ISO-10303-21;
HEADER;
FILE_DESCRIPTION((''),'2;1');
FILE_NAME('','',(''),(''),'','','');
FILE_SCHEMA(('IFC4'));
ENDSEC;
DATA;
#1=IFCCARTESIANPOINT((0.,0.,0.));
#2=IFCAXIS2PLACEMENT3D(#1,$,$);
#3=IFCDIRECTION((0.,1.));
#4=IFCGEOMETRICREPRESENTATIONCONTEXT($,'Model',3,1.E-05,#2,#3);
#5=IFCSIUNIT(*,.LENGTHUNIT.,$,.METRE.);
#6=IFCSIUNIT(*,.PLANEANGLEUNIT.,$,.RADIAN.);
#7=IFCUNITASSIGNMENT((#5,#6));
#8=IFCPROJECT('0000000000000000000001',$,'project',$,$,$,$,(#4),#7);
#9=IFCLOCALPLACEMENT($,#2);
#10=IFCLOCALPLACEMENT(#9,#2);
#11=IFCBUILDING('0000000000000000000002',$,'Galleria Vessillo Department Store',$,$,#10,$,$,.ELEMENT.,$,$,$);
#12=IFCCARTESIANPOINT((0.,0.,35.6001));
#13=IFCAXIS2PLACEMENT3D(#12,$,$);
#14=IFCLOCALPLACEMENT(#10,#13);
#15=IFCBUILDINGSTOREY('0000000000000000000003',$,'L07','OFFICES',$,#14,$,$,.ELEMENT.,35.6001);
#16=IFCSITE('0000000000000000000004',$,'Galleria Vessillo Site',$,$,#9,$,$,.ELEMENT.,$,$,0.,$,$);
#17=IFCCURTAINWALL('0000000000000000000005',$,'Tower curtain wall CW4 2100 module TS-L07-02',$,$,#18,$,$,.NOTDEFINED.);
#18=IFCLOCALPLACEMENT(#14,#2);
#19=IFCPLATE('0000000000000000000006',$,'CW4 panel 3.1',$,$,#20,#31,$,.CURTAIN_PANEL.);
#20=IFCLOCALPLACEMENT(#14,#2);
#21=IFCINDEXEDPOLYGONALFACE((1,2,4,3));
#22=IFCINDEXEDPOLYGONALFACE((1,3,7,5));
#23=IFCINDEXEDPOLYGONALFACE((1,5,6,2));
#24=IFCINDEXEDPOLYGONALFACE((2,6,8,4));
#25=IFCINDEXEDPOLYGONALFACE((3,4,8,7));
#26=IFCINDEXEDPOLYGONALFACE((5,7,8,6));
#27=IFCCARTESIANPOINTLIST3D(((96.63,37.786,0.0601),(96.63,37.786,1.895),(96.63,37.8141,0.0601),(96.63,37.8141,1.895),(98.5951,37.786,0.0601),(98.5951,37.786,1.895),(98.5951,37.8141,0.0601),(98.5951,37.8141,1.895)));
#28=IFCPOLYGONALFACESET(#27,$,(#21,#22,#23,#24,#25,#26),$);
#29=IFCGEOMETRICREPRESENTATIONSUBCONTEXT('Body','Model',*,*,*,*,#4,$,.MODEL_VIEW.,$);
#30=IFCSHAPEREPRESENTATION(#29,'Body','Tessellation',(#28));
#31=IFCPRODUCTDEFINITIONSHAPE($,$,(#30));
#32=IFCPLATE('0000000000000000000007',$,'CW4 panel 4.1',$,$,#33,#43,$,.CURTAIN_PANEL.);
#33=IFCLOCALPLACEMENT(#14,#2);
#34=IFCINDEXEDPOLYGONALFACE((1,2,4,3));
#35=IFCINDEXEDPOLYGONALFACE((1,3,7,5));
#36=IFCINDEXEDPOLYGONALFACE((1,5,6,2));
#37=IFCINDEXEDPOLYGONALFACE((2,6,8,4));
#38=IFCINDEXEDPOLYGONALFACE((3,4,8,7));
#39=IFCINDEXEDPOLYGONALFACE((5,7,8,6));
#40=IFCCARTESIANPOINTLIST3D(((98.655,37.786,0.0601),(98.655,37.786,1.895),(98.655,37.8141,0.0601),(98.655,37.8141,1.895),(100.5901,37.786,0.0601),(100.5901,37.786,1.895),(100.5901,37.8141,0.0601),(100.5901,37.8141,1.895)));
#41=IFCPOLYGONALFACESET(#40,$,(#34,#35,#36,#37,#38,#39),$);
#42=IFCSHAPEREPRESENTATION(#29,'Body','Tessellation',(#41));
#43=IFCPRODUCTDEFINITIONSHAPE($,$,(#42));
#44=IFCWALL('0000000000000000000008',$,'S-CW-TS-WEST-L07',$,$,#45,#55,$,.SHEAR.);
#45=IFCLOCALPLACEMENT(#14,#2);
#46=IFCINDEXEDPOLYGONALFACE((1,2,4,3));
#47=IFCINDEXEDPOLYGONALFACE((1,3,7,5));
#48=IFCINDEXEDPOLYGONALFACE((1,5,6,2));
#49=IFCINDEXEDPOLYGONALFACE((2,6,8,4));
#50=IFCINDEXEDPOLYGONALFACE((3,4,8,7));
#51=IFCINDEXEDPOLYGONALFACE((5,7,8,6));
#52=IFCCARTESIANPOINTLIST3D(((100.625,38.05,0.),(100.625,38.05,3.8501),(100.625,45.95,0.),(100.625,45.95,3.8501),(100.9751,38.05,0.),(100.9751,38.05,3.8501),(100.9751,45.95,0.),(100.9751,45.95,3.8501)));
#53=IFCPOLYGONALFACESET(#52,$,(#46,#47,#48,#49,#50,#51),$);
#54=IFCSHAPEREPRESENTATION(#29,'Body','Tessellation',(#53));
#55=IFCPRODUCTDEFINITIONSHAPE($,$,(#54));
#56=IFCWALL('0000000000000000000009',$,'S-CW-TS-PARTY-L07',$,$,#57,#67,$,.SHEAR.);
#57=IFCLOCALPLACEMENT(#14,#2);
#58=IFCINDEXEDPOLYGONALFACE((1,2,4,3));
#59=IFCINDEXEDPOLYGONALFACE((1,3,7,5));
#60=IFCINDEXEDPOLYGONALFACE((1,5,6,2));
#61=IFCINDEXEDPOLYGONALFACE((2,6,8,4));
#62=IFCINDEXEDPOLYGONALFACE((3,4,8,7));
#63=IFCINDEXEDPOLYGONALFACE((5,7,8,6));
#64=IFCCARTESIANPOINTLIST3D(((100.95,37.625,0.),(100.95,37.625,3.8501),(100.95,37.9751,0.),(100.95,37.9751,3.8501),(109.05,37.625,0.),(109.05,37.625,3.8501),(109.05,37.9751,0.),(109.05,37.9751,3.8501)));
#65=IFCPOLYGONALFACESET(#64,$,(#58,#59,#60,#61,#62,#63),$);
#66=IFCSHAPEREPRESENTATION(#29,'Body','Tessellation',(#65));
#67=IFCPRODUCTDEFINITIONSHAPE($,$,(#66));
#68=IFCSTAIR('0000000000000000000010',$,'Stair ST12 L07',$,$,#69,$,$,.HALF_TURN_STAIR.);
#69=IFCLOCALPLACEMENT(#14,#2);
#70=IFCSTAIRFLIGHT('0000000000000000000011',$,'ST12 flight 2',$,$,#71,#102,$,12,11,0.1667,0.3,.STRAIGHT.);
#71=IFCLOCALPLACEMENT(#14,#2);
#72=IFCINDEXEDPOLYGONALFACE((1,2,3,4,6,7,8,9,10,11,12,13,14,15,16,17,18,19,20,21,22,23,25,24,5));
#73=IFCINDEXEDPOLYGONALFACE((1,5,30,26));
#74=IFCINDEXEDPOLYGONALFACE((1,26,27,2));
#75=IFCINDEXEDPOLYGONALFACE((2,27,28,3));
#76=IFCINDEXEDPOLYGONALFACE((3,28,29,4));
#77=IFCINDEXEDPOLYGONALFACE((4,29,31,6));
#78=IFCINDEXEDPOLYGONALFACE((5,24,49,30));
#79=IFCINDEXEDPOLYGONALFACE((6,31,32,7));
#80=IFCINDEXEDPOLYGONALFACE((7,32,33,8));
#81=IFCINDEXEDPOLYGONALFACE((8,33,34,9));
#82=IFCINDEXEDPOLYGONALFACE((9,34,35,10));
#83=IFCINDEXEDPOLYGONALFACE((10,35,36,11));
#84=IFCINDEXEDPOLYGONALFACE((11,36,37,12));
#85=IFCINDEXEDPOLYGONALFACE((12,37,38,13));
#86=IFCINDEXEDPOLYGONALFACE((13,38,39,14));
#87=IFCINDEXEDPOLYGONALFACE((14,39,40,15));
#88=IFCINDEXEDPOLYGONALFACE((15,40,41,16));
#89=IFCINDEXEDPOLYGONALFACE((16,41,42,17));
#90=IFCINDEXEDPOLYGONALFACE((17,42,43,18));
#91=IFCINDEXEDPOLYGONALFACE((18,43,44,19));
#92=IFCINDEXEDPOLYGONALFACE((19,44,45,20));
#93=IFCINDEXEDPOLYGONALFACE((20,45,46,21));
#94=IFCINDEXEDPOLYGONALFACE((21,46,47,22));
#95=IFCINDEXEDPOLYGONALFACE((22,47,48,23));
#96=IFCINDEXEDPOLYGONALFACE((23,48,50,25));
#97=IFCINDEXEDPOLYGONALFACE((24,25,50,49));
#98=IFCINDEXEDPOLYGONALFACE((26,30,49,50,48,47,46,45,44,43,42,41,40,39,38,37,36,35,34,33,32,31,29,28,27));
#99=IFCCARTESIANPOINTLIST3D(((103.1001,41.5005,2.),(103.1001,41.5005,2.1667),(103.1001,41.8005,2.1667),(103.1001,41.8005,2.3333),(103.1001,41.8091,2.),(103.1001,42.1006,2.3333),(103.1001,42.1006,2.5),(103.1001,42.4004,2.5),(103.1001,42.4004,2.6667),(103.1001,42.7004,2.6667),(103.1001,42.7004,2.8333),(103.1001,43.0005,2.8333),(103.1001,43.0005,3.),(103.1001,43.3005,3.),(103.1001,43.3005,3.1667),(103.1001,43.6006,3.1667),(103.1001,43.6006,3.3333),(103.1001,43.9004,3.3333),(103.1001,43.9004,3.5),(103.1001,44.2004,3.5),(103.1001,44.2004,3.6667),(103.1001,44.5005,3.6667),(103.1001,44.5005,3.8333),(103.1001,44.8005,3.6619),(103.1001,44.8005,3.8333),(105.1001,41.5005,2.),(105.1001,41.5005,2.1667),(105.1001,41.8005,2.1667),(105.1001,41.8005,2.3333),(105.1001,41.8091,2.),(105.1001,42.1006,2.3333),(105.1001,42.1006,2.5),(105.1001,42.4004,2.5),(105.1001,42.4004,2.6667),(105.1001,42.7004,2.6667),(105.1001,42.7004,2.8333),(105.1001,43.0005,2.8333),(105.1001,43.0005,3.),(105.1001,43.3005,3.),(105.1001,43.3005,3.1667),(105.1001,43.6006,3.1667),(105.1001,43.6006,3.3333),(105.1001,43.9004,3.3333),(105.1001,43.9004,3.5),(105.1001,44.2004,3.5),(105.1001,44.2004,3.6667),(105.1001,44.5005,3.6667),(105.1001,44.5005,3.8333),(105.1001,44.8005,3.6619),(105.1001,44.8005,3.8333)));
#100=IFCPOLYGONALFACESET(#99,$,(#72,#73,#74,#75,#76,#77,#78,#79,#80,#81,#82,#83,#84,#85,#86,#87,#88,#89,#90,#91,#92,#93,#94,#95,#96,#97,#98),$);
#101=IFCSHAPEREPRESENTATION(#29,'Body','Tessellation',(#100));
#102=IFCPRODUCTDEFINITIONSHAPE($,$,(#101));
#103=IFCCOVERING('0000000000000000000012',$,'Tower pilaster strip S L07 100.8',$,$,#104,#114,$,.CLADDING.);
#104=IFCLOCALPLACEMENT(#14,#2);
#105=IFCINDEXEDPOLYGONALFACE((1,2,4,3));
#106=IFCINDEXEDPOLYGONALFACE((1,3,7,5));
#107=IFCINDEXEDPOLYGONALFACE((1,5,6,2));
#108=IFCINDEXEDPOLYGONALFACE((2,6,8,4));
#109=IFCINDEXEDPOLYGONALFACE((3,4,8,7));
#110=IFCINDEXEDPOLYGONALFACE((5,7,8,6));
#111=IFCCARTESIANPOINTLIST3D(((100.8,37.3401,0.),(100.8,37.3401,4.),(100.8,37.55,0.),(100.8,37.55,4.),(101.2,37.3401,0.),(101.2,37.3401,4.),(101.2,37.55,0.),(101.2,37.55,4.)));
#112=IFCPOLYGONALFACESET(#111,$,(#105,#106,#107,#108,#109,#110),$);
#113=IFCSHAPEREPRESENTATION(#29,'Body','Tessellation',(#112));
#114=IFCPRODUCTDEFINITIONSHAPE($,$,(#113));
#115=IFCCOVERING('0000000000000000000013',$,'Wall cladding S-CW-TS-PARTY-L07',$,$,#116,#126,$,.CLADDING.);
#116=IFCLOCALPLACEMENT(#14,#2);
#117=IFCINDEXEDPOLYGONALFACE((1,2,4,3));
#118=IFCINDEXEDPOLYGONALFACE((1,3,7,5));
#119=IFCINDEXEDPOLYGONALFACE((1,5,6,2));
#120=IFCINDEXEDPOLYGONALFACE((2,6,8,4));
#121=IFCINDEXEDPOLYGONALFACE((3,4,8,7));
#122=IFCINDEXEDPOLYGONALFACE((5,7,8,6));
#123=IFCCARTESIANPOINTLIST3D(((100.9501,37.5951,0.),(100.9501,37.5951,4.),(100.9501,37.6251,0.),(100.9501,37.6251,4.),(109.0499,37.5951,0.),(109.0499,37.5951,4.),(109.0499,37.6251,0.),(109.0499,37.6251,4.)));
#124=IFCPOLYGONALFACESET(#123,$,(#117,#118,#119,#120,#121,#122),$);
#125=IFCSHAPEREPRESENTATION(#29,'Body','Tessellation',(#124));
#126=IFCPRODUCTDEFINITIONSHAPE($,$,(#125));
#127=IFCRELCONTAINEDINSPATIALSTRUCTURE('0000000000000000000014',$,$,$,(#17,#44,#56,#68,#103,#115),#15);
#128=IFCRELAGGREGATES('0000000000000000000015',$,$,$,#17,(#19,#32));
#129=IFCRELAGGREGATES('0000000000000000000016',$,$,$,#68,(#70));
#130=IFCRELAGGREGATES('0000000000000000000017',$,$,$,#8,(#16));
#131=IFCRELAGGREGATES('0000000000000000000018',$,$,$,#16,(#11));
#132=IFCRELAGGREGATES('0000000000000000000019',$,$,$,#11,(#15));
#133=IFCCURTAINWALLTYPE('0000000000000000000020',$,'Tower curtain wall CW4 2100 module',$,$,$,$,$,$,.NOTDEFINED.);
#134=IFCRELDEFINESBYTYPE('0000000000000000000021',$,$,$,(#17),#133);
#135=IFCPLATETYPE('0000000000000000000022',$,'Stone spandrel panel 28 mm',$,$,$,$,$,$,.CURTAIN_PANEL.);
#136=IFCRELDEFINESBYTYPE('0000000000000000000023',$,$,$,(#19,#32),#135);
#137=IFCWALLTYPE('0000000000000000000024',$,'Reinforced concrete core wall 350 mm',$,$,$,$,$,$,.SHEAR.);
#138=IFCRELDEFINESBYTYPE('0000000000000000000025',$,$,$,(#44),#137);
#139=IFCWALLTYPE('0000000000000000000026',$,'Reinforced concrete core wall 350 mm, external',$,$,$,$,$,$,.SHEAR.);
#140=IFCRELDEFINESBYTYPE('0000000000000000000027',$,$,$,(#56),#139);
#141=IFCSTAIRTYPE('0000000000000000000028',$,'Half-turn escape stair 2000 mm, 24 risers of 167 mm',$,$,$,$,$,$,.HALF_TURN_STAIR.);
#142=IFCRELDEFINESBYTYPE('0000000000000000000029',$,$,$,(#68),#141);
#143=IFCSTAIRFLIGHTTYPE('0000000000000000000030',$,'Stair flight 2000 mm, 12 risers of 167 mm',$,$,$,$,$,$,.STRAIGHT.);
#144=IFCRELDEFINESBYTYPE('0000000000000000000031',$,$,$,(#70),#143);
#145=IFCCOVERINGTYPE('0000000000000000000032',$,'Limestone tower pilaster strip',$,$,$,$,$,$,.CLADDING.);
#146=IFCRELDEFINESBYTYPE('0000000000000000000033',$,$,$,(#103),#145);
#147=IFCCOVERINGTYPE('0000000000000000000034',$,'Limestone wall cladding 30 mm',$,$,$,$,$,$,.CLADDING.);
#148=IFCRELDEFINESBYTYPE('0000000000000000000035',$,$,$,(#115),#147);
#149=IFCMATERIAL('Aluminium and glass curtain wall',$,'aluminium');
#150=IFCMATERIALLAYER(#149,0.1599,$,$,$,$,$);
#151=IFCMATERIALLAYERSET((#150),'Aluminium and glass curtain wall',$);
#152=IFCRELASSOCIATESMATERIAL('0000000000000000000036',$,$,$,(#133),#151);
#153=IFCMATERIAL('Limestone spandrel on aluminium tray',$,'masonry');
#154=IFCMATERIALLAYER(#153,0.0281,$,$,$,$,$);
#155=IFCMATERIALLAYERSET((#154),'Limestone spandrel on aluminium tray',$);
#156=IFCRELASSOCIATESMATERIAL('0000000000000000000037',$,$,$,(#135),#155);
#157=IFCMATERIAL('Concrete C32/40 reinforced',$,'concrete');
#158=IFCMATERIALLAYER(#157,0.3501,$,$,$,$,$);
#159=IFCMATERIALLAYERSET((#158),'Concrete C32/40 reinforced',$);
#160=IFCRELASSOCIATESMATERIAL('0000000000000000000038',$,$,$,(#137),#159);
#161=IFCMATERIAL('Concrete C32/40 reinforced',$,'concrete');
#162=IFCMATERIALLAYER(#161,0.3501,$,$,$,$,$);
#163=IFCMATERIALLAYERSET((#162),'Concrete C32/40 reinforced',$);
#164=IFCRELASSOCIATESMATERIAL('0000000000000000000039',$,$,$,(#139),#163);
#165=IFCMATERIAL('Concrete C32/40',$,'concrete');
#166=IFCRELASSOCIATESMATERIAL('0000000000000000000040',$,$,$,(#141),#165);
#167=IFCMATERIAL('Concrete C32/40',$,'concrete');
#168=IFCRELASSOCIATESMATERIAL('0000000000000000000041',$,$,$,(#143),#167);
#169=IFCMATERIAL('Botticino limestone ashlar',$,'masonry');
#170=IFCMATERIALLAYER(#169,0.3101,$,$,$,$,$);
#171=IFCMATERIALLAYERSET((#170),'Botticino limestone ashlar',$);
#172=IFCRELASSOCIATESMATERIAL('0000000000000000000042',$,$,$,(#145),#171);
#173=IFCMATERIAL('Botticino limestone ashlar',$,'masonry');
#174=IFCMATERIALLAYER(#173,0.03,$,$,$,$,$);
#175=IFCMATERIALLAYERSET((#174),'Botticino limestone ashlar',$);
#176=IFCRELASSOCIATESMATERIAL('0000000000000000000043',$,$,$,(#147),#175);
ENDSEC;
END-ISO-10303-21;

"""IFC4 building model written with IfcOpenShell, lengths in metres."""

from ifc_helpers import new_model, si_unit, direction, frame, frame_2d, origin, origin_2d, place, context, subcontext, project, spatial, polyline, rectangle, outline, extrude, material, layer, layer_set, type_object, element, aggregate, save


model = new_model("IFC4")

# Units and contexts
model_context = context("Model", 3, precision=1e-05, world=origin(), true_north=direction((0.0, 1.0)))
body_context = subcontext(model_context, "Body", "Model", "MODEL_VIEW")
ifc_project = project(units=[si_unit("LENGTHUNIT", "METRE"), si_unit("PLANEANGLEUNIT", "RADIAN")], contexts=[model_context])

# Site, building, storey
site_placement = place(None, origin())
site = spatial("IfcSite", under=ifc_project, at=site_placement, Name="Galleria Vessillo Site", CompositionType="ELEMENT", RefElevation=0.0)
building_placement = place(site_placement, origin())
building = spatial("IfcBuilding", under=site, at=building_placement, Name="Galleria Vessillo Department Store", CompositionType="ELEMENT")
storey_placement = place(building_placement, frame((0.0, 0.0, 35.6001)))
storey = spatial("IfcBuildingStorey", under=building, at=storey_placement, Name="L07", Description="OFFICES", CompositionType="ELEMENT", Elevation=35.6001)

# Curtain wall, plates
ifc_material_1 = material(Name="Aluminium and glass curtain wall", Category="aluminium")
ifc_layer_1 = layer(ifc_material_1, 0.1599)
ifc_layer_set_1 = layer_set([ifc_layer_1], Name="Aluminium and glass curtain wall")
curtain_wall_type = type_object("IfcCurtainWallType", Name="Tower curtain wall CW4 2100 module", PredefinedType="NOTDEFINED", material=ifc_layer_set_1)
curtain_wall_placement = place(storey_placement, origin())
curtain_wall = element("IfcCurtainWall", 1, at=curtain_wall_placement, inside=storey, type_object=curtain_wall_type, Name="Tower curtain wall CW4 2100 module TS-L07-02", PredefinedType="NOTDEFINED")
ifc_material_2 = material(Name="Limestone spandrel on aluminium tray", Category="masonry")
ifc_layer_2 = layer(ifc_material_2, 0.0281)
ifc_layer_set_2 = layer_set([ifc_layer_2], Name="Limestone spandrel on aluminium tray")
plate_type_1 = type_object("IfcPlateType", Name="Stone spandrel panel 28 mm", PredefinedType="CURTAIN_PANEL", material=ifc_layer_set_2)
plate_1_placement = place(storey_placement, frame((97.6125, 37.8, 0.0601), z_axis=(0.0, 0.0, 1.0), x_axis=(1.0, 0.0, 0.0)))
plate_1 = element("IfcPlate", 2, at=plate_1_placement, type_object=plate_type_1, Name="CW4 panel 3.1", PredefinedType="CURTAIN_PANEL", context=body_context, shape_type="SweptSolid", body=[
    extrude(rectangle(XDim=1.9651, YDim=0.0281, at=origin_2d()), origin(), (0.0, 0.0, 1.0), 1.835),
])
plate_2_placement = place(storey_placement, frame((99.6226, 37.8, 0.0601), z_axis=(0.0, 0.0, 1.0), x_axis=(1.0, 0.0, 0.0)))
plate_2 = element("IfcPlate", 3, at=plate_2_placement, type_object=plate_type_1, Name="CW4 panel 4.1", PredefinedType="CURTAIN_PANEL", context=body_context, shape_type="SweptSolid", body=[
    extrude(rectangle(XDim=1.9351, YDim=0.0281, at=origin_2d()), origin(), (0.0, 0.0, 1.0), 1.835),
])
aggregate(curtain_wall, [plate_1, plate_2])

# Walls
ifc_material_3 = material(Name="Concrete C32/40 reinforced", Category="concrete")
ifc_layer_3 = layer(ifc_material_3, 0.3501)
ifc_layer_set_3 = layer_set([ifc_layer_3], Name="Concrete C32/40 reinforced")
wall_type_1 = type_object("IfcWallType", Name="Reinforced concrete core wall 350 mm", PredefinedType="SHEAR", material=ifc_layer_set_3)
wall_1_placement = place(storey_placement, frame((100.8, 38.05, 0.0), z_axis=(0.0, 0.0, 1.0), x_axis=(0.0, 1.0, 0.0)))
element("IfcWall", 4, at=wall_1_placement, inside=storey, type_object=wall_type_1, Name="S-CW-TS-WEST-L07", PredefinedType="SHEAR", context=body_context, shape_type="SweptSolid", body=[
    extrude(rectangle(XDim=7.8999, YDim=0.3501, at=frame_2d((3.95, 0.0))), origin(), (0.0, 0.0, 1.0), 3.8501),
])
ifc_material_4 = material(Name="Concrete C32/40 reinforced", Category="concrete")
ifc_layer_4 = layer(ifc_material_4, 0.3501)
ifc_layer_set_4 = layer_set([ifc_layer_4], Name="Concrete C32/40 reinforced")
wall_type_2 = type_object("IfcWallType", Name="Reinforced concrete core wall 350 mm, external", PredefinedType="SHEAR", material=ifc_layer_set_4)
wall_2_placement = place(storey_placement, frame((100.95, 37.8, 0.0), z_axis=(0.0, 0.0, 1.0), x_axis=(1.0, 0.0, 0.0)))
element("IfcWall", 5, at=wall_2_placement, inside=storey, type_object=wall_type_2, Name="S-CW-TS-PARTY-L07", PredefinedType="SHEAR", context=body_context, shape_type="SweptSolid", body=[
    extrude(rectangle(XDim=8.1001, YDim=0.3501, at=frame_2d((4.05, 0.0))), origin(), (0.0, 0.0, 1.0), 3.8501),
])

# Stair, stair flight
ifc_material_5 = material(Name="Concrete C32/40", Category="concrete")
stair_type = type_object("IfcStairType", Name="Half-turn escape stair 2000 mm, 24 risers of 167 mm", PredefinedType="HALF_TURN_STAIR", material=ifc_material_5)
stair_placement = place(storey_placement, origin())
stair = element("IfcStair", 6, at=stair_placement, inside=storey, type_object=stair_type, Name="Stair ST12 L07", PredefinedType="HALF_TURN_STAIR")
ifc_material_6 = material(Name="Concrete C32/40", Category="concrete")
stair_flight_type = type_object("IfcStairFlightType", Name="Stair flight 2000 mm, 12 risers of 167 mm", PredefinedType="STRAIGHT", material=ifc_material_6)
stair_flight_placement = place(storey_placement, frame((104.1001, 41.5005, 2.0), z_axis=(0.0, 0.0, 1.0), x_axis=(0.0, 1.0, 0.0)))
stair_flight = element("IfcStairFlight", 7, at=stair_flight_placement, type_object=stair_flight_type, Name="ST12 flight 2", NumberOfRisers=12, NumberOfTreads=11, PredefinedType="STRAIGHT", RiserHeight=0.1667, TreadLength=0.3, context=body_context, shape_type="SweptSolid", body=[
    extrude(outline(polyline([(0.0, 0.0), (0.0, 0.1667), (0.3, 0.1667), (0.3, 0.3333), (0.6001, 0.3333), (0.6001, 0.5), (0.8999, 0.5), (0.8999, 0.6667), (1.2, 0.6667), (1.2, 0.8333), (1.5, 0.8333), (1.5, 1.0), (1.8, 1.0), (1.8, 1.1667), (2.1001, 1.1667), (2.1001, 1.3333), (2.3999, 1.3333), (2.3999, 1.5), (2.7, 1.5), (2.7, 1.6667), (3.0, 1.6667), (3.0, 1.8333), (3.3, 1.8333), (3.3, 2.0), (3.3, 1.6619), (0.3086, 0.0), (0.0, 0.0)])), frame((0.0, 1.0, 0.0), z_axis=(0.0, -1.0, 0.0), x_axis=(1.0, 0.0, 0.0)), (0.0, 0.0, 1.0), 2.0),
])
aggregate(stair, [stair_flight])

# Coverings
ifc_material_7 = material(Name="Botticino limestone ashlar", Category="masonry")
ifc_layer_5 = layer(ifc_material_7, 0.3101)
ifc_layer_set_5 = layer_set([ifc_layer_5], Name="Botticino limestone ashlar")
covering_type_1 = type_object("IfcCoveringType", Name="Limestone tower pilaster strip", PredefinedType="CLADDING", material=ifc_layer_set_5)
covering_1_placement = place(storey_placement, frame((101.0, 37.4451, 0.0), z_axis=(0.0, 0.0, 1.0), x_axis=(1.0, 0.0, 0.0)))
element("IfcCovering", 8, at=covering_1_placement, inside=storey, type_object=covering_type_1, Name="Tower pilaster strip S L07 100.8", PredefinedType="CLADDING", context=body_context, shape_type="SweptSolid", body=[
    extrude(rectangle(XDim=0.3999, YDim=0.21, at=origin_2d()), origin(), (0.0, 0.0, 1.0), 4.0),
])
ifc_material_8 = material(Name="Botticino limestone ashlar", Category="masonry")
ifc_layer_6 = layer(ifc_material_8, 0.03)
ifc_layer_set_6 = layer_set([ifc_layer_6], Name="Botticino limestone ashlar")
covering_type_2 = type_object("IfcCoveringType", Name="Limestone wall cladding 30 mm", PredefinedType="CLADDING", material=ifc_layer_set_6)
covering_2_placement = place(storey_placement, frame((105.0, 37.6101, 0.0), z_axis=(0.0, 0.0, 1.0), x_axis=(1.0, 0.0, 0.0)))
element("IfcCovering", 9, at=covering_2_placement, inside=storey, type_object=covering_type_2, Name="Wall cladding S-CW-TS-PARTY-L07", PredefinedType="CLADDING", context=body_context, shape_type="SweptSolid", body=[
    extrude(rectangle(XDim=8.0999, YDim=0.03, at=origin_2d()), origin(), (0.0, 0.0, 1.0), 4.0),
])

save(model, "model.ifc")
